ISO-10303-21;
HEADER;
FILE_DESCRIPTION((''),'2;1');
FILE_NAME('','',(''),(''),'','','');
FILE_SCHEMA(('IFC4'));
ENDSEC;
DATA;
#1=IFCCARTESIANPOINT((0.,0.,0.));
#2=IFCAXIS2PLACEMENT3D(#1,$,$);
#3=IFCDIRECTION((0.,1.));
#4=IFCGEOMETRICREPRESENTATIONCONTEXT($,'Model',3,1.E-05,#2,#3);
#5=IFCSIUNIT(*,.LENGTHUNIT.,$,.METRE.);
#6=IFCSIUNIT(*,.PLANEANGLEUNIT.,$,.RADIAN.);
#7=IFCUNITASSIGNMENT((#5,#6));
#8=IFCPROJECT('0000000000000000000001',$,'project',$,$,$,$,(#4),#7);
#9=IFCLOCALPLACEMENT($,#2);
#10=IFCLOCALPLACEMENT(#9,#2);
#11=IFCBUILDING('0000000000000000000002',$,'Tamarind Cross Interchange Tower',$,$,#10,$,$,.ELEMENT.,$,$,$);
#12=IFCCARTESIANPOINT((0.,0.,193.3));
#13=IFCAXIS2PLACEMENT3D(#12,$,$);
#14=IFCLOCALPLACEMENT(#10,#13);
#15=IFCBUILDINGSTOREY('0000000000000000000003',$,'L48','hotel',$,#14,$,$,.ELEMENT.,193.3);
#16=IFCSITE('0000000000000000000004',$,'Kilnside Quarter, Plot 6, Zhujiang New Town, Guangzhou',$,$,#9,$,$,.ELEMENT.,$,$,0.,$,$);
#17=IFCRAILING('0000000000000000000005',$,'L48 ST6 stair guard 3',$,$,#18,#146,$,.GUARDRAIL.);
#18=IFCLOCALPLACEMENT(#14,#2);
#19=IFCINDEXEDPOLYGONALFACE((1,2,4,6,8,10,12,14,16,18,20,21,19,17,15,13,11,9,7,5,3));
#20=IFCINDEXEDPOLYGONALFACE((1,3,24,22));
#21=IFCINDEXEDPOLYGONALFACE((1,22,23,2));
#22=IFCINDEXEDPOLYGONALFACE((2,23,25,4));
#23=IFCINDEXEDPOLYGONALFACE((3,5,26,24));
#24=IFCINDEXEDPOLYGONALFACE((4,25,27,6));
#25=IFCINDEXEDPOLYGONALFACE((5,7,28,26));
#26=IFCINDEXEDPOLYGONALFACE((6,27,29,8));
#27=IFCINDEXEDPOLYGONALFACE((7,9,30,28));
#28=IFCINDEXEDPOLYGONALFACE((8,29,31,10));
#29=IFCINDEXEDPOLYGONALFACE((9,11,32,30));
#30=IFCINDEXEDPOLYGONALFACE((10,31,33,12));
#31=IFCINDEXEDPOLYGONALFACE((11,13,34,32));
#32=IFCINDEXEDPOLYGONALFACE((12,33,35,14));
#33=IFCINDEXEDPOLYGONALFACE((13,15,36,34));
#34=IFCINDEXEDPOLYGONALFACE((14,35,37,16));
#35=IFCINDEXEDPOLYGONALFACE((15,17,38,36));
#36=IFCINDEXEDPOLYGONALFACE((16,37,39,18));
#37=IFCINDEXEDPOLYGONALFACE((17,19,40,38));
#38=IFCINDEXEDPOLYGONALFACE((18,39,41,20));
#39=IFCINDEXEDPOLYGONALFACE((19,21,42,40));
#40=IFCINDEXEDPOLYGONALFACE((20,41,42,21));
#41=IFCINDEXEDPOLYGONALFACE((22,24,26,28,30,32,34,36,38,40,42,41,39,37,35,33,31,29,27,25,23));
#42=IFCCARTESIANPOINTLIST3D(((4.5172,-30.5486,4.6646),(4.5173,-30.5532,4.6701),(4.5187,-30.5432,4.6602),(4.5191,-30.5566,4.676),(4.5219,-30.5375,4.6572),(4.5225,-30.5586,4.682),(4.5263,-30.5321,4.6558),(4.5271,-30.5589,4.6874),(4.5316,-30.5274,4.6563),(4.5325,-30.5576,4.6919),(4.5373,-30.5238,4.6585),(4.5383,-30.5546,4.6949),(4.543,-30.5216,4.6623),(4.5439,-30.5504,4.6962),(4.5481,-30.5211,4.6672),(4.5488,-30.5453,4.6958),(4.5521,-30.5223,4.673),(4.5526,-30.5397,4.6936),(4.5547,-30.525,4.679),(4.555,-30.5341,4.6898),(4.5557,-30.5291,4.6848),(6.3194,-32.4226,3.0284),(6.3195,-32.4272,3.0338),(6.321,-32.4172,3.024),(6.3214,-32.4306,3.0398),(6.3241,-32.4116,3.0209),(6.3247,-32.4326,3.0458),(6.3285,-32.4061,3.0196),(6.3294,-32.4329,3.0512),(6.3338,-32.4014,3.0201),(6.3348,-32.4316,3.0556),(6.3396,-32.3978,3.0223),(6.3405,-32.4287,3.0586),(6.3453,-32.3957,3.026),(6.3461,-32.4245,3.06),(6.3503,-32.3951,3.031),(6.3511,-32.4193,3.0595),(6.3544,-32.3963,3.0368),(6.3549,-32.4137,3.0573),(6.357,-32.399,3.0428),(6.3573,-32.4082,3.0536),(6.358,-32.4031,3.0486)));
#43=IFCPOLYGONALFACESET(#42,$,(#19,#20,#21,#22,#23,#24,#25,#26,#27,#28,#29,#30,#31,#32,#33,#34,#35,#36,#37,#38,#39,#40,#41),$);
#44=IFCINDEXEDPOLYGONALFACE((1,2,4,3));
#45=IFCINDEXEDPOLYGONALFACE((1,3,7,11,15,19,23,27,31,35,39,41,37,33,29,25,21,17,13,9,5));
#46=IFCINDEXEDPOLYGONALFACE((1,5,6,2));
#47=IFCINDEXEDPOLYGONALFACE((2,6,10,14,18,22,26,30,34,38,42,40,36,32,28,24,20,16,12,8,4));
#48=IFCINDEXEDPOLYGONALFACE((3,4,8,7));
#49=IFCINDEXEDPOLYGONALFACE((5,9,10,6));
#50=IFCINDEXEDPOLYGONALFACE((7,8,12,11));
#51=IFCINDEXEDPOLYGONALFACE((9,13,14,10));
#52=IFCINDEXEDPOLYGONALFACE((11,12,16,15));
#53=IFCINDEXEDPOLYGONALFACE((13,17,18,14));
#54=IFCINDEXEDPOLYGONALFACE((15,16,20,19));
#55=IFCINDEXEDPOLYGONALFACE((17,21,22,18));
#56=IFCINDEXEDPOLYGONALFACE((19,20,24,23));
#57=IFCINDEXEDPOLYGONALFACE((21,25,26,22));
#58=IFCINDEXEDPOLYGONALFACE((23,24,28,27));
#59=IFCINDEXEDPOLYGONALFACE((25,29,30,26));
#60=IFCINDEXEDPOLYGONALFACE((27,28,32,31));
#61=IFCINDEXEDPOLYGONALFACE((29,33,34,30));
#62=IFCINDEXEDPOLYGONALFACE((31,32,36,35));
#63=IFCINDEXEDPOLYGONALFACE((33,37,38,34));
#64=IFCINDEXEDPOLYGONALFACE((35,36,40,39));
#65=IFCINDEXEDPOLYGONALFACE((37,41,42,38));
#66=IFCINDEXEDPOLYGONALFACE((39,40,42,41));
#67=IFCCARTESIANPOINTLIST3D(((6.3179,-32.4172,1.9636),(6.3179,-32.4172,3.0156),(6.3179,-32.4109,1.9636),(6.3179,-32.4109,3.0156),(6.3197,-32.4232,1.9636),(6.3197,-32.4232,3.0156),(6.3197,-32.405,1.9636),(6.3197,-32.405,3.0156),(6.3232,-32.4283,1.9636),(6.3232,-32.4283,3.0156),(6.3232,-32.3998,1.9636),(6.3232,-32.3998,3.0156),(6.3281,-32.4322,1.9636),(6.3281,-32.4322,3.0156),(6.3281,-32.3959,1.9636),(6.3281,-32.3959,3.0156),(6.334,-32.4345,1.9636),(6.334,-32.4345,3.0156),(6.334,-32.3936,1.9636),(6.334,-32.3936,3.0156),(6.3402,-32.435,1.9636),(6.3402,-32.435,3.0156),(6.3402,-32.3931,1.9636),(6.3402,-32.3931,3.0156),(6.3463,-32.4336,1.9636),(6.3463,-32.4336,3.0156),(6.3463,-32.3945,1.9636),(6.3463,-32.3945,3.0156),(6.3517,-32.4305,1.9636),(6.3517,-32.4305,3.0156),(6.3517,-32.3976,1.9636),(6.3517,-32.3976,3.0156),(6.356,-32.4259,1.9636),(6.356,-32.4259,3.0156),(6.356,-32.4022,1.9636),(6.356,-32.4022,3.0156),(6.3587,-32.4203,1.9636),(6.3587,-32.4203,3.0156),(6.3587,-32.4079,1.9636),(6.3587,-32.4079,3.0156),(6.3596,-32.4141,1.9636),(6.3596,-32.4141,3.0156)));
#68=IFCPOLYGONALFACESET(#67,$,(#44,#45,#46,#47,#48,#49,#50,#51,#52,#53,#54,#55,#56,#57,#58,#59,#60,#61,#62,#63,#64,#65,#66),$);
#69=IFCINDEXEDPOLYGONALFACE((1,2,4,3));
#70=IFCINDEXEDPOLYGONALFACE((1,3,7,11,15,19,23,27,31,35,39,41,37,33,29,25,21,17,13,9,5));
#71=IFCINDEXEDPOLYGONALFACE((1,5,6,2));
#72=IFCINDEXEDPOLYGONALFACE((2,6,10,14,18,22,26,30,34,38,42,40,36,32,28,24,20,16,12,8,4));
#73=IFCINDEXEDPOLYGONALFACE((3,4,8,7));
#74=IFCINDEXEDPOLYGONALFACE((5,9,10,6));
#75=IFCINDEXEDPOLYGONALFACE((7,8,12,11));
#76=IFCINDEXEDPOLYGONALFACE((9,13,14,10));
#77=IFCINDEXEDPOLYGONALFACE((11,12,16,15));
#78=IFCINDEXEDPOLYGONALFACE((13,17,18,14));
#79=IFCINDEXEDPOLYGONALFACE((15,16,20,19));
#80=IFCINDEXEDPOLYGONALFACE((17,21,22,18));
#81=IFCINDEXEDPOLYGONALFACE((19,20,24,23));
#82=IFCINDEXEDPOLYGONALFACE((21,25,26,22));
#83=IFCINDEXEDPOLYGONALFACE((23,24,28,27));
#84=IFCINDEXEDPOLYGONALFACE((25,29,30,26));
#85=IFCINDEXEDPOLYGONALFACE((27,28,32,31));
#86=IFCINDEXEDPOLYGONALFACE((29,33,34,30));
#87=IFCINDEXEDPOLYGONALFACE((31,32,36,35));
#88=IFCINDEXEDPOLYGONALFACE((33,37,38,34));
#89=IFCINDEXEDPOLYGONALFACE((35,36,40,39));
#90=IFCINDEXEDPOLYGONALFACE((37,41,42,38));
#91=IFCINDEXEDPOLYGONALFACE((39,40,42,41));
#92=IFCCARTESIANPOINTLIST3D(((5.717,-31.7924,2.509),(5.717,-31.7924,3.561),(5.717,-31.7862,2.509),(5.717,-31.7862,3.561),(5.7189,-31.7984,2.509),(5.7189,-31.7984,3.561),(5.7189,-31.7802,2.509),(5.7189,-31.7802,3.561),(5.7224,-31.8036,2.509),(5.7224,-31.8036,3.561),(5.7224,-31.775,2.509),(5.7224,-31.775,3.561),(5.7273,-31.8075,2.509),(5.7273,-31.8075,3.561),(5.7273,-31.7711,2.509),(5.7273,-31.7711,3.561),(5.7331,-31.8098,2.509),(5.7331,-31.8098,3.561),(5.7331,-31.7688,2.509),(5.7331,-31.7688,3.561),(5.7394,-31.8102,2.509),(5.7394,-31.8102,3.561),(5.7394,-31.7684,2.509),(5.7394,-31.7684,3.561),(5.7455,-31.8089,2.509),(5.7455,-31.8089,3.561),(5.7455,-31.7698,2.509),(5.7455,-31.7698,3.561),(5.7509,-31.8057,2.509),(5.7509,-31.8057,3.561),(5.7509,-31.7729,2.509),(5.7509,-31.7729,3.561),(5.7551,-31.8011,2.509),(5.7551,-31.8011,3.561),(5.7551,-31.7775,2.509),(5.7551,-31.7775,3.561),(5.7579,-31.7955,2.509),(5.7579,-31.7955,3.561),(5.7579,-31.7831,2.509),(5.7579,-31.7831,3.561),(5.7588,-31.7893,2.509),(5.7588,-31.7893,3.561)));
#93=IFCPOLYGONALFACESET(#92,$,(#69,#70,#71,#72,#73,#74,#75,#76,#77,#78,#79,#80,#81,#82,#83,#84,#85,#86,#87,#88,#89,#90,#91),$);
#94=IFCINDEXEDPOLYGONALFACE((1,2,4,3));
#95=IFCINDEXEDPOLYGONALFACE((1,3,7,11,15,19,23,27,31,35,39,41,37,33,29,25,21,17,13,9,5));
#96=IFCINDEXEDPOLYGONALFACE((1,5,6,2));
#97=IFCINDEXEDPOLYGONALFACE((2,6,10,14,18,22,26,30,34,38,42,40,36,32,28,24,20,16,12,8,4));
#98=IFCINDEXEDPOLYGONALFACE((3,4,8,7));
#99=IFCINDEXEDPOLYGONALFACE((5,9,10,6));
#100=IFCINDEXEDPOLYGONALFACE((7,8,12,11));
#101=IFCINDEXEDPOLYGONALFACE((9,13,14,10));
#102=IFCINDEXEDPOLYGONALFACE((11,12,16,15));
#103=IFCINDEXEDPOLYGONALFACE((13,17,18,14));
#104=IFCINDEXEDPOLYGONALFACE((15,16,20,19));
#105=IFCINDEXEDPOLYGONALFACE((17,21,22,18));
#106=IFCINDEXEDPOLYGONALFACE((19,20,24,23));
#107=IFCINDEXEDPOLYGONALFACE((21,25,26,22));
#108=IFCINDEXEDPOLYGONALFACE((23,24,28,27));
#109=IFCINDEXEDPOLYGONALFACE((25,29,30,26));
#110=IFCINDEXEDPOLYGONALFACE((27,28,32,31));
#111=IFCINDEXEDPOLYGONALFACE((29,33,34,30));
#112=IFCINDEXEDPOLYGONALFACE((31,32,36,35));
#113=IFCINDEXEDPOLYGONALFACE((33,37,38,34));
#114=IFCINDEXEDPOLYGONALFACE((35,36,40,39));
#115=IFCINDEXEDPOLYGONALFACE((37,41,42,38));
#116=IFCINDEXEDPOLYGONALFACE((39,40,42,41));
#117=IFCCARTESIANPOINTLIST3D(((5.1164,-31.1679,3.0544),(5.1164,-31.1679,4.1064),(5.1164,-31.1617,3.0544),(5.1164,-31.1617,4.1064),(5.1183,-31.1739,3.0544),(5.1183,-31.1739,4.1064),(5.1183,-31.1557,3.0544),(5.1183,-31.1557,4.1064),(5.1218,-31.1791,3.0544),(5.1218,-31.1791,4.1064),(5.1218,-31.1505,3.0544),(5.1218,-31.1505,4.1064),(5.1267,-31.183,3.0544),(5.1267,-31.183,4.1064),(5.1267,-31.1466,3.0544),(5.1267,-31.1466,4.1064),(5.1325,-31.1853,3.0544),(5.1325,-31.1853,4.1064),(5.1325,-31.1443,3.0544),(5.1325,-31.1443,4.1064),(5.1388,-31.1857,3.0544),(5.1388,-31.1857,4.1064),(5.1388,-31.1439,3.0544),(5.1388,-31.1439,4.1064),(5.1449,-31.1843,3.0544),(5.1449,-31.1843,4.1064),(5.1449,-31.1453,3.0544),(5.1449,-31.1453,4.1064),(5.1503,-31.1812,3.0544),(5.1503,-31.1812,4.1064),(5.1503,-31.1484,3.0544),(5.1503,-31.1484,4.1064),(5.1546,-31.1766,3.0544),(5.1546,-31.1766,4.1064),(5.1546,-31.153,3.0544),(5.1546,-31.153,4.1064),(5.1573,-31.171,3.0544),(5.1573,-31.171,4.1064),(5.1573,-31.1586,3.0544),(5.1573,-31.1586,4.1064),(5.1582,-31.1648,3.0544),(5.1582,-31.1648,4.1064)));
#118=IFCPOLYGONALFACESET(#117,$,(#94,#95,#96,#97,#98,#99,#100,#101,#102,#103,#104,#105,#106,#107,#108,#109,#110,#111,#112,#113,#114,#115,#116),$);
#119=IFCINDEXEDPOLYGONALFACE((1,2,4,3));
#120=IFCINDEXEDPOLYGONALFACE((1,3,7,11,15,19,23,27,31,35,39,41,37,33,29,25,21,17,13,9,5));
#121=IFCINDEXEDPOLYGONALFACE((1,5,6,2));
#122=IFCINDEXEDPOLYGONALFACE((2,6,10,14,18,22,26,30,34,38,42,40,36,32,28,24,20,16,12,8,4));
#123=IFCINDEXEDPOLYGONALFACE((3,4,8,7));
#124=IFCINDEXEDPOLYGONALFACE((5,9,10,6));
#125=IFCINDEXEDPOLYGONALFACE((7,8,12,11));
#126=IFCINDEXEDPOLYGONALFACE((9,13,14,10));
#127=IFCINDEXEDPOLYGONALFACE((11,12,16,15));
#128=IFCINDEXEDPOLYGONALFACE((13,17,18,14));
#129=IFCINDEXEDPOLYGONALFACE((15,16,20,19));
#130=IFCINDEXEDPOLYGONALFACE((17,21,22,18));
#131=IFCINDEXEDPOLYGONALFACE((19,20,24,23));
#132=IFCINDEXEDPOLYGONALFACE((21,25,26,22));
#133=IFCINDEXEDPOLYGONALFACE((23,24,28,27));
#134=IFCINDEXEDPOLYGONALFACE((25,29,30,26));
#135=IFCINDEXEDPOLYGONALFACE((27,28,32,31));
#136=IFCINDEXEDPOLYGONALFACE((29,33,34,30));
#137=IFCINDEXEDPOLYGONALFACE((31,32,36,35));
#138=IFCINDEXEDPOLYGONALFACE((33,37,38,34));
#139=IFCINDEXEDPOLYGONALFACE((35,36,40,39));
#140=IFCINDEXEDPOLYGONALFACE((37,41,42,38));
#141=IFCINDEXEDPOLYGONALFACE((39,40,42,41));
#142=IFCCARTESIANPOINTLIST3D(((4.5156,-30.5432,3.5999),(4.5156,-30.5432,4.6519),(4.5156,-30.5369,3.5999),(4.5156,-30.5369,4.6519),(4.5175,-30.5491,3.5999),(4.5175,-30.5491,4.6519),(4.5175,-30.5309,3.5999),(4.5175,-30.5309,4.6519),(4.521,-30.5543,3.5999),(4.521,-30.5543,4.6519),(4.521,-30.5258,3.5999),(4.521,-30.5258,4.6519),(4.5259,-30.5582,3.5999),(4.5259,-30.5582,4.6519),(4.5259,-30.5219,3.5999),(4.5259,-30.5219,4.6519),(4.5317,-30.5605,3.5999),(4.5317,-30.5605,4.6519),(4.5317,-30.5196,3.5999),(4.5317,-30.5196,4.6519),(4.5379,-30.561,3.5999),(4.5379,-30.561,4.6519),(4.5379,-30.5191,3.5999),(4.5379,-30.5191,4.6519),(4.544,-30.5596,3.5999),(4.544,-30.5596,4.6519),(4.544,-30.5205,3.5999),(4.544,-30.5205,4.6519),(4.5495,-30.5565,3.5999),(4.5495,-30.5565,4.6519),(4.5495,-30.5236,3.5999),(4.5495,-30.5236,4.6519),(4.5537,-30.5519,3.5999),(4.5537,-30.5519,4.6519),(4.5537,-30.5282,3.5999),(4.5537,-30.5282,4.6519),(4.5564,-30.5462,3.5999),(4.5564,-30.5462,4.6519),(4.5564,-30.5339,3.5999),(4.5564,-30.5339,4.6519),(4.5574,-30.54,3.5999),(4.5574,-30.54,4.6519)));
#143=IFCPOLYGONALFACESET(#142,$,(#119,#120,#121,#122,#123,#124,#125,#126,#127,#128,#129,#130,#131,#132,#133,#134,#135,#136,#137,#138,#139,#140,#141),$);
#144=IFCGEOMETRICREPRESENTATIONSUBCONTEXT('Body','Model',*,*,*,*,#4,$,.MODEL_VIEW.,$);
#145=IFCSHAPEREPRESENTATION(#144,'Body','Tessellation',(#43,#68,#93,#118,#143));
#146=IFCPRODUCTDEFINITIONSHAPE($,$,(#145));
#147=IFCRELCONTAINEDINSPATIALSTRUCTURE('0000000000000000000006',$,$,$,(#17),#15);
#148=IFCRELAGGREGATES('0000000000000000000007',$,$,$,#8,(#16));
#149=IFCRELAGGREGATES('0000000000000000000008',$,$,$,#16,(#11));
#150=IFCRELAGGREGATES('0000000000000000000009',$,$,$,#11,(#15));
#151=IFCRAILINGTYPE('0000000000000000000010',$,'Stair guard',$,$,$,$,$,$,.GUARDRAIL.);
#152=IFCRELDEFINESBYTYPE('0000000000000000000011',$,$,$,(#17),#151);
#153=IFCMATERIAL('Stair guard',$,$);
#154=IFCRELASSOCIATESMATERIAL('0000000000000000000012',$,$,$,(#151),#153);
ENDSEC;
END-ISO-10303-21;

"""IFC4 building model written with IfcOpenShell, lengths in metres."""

from ifc_helpers import new_model, si_unit, direction, frame, origin, origin_2d, place, context, subcontext, project, spatial, circle, extrude, material, type_object, element, save


model = new_model("IFC4")

# Units and contexts
model_context = context("Model", 3, precision=1e-05, world=origin(), true_north=direction((0.0, 1.0)))
body_context = subcontext(model_context, "Body", "Model", "MODEL_VIEW")
ifc_project = project(units=[si_unit("LENGTHUNIT", "METRE"), si_unit("PLANEANGLEUNIT", "RADIAN")], contexts=[model_context])

# Site, building, storey
site_placement = place(None, origin())
site = spatial("IfcSite", under=ifc_project, at=site_placement, Name="Kilnside Quarter, Plot 6, Zhujiang New Town, Guangzhou", CompositionType="ELEMENT", RefElevation=0.0)
building_placement = place(site_placement, origin())
building = spatial("IfcBuilding", under=site, at=building_placement, Name="Tamarind Cross Interchange Tower", CompositionType="ELEMENT")
storey_placement = place(building_placement, frame((0.0, 0.0, 193.3)))
storey = spatial("IfcBuildingStorey", under=building, at=storey_placement, Name="L48", Description="hotel", CompositionType="ELEMENT", Elevation=193.3)

# Railing
ifc_material_1 = material(Name="Stair guard")
railing_type_1 = type_object("IfcRailingType", Name="Stair guard", PredefinedType="GUARDRAIL", material=ifc_material_1)
railing_1_placement = place(storey_placement, frame((6.3386, -32.4141, 1.9636)))
element("IfcRailing", 1, at=railing_1_placement, inside=storey, type_object=railing_type_1, Name="L48 ST6 stair guard 3", PredefinedType="GUARDRAIL", context=body_context, shape_type="SweptSolid", body=[
    extrude(circle(Radius=0.0239, at=origin_2d()), frame((0.0, 0.0, 1.0762), z_axis=(-0.586665, 0.61003, 0.532624), x_axis=(-0.720775, -0.693169, 0.0)), (0.0, 0.0, 1.0), 3.072),
    extrude(circle(Radius=0.021, at=origin_2d()), origin(), (0.0, 0.0, 1.0), 1.052),
    extrude(circle(Radius=0.021, at=origin_2d()), frame((-0.6008, 0.6248, 0.5454)), (0.0, 0.0, 1.0), 1.052),
    extrude(circle(Radius=0.021, at=origin_2d()), frame((-1.2014, 1.2493, 1.0908)), (0.0, 0.0, 1.0), 1.052),
    extrude(circle(Radius=0.021, at=origin_2d()), frame((-1.8022, 1.874, 1.6362)), (0.0, 0.0, 1.0), 1.052),
])

save(model, "model.ifc")
